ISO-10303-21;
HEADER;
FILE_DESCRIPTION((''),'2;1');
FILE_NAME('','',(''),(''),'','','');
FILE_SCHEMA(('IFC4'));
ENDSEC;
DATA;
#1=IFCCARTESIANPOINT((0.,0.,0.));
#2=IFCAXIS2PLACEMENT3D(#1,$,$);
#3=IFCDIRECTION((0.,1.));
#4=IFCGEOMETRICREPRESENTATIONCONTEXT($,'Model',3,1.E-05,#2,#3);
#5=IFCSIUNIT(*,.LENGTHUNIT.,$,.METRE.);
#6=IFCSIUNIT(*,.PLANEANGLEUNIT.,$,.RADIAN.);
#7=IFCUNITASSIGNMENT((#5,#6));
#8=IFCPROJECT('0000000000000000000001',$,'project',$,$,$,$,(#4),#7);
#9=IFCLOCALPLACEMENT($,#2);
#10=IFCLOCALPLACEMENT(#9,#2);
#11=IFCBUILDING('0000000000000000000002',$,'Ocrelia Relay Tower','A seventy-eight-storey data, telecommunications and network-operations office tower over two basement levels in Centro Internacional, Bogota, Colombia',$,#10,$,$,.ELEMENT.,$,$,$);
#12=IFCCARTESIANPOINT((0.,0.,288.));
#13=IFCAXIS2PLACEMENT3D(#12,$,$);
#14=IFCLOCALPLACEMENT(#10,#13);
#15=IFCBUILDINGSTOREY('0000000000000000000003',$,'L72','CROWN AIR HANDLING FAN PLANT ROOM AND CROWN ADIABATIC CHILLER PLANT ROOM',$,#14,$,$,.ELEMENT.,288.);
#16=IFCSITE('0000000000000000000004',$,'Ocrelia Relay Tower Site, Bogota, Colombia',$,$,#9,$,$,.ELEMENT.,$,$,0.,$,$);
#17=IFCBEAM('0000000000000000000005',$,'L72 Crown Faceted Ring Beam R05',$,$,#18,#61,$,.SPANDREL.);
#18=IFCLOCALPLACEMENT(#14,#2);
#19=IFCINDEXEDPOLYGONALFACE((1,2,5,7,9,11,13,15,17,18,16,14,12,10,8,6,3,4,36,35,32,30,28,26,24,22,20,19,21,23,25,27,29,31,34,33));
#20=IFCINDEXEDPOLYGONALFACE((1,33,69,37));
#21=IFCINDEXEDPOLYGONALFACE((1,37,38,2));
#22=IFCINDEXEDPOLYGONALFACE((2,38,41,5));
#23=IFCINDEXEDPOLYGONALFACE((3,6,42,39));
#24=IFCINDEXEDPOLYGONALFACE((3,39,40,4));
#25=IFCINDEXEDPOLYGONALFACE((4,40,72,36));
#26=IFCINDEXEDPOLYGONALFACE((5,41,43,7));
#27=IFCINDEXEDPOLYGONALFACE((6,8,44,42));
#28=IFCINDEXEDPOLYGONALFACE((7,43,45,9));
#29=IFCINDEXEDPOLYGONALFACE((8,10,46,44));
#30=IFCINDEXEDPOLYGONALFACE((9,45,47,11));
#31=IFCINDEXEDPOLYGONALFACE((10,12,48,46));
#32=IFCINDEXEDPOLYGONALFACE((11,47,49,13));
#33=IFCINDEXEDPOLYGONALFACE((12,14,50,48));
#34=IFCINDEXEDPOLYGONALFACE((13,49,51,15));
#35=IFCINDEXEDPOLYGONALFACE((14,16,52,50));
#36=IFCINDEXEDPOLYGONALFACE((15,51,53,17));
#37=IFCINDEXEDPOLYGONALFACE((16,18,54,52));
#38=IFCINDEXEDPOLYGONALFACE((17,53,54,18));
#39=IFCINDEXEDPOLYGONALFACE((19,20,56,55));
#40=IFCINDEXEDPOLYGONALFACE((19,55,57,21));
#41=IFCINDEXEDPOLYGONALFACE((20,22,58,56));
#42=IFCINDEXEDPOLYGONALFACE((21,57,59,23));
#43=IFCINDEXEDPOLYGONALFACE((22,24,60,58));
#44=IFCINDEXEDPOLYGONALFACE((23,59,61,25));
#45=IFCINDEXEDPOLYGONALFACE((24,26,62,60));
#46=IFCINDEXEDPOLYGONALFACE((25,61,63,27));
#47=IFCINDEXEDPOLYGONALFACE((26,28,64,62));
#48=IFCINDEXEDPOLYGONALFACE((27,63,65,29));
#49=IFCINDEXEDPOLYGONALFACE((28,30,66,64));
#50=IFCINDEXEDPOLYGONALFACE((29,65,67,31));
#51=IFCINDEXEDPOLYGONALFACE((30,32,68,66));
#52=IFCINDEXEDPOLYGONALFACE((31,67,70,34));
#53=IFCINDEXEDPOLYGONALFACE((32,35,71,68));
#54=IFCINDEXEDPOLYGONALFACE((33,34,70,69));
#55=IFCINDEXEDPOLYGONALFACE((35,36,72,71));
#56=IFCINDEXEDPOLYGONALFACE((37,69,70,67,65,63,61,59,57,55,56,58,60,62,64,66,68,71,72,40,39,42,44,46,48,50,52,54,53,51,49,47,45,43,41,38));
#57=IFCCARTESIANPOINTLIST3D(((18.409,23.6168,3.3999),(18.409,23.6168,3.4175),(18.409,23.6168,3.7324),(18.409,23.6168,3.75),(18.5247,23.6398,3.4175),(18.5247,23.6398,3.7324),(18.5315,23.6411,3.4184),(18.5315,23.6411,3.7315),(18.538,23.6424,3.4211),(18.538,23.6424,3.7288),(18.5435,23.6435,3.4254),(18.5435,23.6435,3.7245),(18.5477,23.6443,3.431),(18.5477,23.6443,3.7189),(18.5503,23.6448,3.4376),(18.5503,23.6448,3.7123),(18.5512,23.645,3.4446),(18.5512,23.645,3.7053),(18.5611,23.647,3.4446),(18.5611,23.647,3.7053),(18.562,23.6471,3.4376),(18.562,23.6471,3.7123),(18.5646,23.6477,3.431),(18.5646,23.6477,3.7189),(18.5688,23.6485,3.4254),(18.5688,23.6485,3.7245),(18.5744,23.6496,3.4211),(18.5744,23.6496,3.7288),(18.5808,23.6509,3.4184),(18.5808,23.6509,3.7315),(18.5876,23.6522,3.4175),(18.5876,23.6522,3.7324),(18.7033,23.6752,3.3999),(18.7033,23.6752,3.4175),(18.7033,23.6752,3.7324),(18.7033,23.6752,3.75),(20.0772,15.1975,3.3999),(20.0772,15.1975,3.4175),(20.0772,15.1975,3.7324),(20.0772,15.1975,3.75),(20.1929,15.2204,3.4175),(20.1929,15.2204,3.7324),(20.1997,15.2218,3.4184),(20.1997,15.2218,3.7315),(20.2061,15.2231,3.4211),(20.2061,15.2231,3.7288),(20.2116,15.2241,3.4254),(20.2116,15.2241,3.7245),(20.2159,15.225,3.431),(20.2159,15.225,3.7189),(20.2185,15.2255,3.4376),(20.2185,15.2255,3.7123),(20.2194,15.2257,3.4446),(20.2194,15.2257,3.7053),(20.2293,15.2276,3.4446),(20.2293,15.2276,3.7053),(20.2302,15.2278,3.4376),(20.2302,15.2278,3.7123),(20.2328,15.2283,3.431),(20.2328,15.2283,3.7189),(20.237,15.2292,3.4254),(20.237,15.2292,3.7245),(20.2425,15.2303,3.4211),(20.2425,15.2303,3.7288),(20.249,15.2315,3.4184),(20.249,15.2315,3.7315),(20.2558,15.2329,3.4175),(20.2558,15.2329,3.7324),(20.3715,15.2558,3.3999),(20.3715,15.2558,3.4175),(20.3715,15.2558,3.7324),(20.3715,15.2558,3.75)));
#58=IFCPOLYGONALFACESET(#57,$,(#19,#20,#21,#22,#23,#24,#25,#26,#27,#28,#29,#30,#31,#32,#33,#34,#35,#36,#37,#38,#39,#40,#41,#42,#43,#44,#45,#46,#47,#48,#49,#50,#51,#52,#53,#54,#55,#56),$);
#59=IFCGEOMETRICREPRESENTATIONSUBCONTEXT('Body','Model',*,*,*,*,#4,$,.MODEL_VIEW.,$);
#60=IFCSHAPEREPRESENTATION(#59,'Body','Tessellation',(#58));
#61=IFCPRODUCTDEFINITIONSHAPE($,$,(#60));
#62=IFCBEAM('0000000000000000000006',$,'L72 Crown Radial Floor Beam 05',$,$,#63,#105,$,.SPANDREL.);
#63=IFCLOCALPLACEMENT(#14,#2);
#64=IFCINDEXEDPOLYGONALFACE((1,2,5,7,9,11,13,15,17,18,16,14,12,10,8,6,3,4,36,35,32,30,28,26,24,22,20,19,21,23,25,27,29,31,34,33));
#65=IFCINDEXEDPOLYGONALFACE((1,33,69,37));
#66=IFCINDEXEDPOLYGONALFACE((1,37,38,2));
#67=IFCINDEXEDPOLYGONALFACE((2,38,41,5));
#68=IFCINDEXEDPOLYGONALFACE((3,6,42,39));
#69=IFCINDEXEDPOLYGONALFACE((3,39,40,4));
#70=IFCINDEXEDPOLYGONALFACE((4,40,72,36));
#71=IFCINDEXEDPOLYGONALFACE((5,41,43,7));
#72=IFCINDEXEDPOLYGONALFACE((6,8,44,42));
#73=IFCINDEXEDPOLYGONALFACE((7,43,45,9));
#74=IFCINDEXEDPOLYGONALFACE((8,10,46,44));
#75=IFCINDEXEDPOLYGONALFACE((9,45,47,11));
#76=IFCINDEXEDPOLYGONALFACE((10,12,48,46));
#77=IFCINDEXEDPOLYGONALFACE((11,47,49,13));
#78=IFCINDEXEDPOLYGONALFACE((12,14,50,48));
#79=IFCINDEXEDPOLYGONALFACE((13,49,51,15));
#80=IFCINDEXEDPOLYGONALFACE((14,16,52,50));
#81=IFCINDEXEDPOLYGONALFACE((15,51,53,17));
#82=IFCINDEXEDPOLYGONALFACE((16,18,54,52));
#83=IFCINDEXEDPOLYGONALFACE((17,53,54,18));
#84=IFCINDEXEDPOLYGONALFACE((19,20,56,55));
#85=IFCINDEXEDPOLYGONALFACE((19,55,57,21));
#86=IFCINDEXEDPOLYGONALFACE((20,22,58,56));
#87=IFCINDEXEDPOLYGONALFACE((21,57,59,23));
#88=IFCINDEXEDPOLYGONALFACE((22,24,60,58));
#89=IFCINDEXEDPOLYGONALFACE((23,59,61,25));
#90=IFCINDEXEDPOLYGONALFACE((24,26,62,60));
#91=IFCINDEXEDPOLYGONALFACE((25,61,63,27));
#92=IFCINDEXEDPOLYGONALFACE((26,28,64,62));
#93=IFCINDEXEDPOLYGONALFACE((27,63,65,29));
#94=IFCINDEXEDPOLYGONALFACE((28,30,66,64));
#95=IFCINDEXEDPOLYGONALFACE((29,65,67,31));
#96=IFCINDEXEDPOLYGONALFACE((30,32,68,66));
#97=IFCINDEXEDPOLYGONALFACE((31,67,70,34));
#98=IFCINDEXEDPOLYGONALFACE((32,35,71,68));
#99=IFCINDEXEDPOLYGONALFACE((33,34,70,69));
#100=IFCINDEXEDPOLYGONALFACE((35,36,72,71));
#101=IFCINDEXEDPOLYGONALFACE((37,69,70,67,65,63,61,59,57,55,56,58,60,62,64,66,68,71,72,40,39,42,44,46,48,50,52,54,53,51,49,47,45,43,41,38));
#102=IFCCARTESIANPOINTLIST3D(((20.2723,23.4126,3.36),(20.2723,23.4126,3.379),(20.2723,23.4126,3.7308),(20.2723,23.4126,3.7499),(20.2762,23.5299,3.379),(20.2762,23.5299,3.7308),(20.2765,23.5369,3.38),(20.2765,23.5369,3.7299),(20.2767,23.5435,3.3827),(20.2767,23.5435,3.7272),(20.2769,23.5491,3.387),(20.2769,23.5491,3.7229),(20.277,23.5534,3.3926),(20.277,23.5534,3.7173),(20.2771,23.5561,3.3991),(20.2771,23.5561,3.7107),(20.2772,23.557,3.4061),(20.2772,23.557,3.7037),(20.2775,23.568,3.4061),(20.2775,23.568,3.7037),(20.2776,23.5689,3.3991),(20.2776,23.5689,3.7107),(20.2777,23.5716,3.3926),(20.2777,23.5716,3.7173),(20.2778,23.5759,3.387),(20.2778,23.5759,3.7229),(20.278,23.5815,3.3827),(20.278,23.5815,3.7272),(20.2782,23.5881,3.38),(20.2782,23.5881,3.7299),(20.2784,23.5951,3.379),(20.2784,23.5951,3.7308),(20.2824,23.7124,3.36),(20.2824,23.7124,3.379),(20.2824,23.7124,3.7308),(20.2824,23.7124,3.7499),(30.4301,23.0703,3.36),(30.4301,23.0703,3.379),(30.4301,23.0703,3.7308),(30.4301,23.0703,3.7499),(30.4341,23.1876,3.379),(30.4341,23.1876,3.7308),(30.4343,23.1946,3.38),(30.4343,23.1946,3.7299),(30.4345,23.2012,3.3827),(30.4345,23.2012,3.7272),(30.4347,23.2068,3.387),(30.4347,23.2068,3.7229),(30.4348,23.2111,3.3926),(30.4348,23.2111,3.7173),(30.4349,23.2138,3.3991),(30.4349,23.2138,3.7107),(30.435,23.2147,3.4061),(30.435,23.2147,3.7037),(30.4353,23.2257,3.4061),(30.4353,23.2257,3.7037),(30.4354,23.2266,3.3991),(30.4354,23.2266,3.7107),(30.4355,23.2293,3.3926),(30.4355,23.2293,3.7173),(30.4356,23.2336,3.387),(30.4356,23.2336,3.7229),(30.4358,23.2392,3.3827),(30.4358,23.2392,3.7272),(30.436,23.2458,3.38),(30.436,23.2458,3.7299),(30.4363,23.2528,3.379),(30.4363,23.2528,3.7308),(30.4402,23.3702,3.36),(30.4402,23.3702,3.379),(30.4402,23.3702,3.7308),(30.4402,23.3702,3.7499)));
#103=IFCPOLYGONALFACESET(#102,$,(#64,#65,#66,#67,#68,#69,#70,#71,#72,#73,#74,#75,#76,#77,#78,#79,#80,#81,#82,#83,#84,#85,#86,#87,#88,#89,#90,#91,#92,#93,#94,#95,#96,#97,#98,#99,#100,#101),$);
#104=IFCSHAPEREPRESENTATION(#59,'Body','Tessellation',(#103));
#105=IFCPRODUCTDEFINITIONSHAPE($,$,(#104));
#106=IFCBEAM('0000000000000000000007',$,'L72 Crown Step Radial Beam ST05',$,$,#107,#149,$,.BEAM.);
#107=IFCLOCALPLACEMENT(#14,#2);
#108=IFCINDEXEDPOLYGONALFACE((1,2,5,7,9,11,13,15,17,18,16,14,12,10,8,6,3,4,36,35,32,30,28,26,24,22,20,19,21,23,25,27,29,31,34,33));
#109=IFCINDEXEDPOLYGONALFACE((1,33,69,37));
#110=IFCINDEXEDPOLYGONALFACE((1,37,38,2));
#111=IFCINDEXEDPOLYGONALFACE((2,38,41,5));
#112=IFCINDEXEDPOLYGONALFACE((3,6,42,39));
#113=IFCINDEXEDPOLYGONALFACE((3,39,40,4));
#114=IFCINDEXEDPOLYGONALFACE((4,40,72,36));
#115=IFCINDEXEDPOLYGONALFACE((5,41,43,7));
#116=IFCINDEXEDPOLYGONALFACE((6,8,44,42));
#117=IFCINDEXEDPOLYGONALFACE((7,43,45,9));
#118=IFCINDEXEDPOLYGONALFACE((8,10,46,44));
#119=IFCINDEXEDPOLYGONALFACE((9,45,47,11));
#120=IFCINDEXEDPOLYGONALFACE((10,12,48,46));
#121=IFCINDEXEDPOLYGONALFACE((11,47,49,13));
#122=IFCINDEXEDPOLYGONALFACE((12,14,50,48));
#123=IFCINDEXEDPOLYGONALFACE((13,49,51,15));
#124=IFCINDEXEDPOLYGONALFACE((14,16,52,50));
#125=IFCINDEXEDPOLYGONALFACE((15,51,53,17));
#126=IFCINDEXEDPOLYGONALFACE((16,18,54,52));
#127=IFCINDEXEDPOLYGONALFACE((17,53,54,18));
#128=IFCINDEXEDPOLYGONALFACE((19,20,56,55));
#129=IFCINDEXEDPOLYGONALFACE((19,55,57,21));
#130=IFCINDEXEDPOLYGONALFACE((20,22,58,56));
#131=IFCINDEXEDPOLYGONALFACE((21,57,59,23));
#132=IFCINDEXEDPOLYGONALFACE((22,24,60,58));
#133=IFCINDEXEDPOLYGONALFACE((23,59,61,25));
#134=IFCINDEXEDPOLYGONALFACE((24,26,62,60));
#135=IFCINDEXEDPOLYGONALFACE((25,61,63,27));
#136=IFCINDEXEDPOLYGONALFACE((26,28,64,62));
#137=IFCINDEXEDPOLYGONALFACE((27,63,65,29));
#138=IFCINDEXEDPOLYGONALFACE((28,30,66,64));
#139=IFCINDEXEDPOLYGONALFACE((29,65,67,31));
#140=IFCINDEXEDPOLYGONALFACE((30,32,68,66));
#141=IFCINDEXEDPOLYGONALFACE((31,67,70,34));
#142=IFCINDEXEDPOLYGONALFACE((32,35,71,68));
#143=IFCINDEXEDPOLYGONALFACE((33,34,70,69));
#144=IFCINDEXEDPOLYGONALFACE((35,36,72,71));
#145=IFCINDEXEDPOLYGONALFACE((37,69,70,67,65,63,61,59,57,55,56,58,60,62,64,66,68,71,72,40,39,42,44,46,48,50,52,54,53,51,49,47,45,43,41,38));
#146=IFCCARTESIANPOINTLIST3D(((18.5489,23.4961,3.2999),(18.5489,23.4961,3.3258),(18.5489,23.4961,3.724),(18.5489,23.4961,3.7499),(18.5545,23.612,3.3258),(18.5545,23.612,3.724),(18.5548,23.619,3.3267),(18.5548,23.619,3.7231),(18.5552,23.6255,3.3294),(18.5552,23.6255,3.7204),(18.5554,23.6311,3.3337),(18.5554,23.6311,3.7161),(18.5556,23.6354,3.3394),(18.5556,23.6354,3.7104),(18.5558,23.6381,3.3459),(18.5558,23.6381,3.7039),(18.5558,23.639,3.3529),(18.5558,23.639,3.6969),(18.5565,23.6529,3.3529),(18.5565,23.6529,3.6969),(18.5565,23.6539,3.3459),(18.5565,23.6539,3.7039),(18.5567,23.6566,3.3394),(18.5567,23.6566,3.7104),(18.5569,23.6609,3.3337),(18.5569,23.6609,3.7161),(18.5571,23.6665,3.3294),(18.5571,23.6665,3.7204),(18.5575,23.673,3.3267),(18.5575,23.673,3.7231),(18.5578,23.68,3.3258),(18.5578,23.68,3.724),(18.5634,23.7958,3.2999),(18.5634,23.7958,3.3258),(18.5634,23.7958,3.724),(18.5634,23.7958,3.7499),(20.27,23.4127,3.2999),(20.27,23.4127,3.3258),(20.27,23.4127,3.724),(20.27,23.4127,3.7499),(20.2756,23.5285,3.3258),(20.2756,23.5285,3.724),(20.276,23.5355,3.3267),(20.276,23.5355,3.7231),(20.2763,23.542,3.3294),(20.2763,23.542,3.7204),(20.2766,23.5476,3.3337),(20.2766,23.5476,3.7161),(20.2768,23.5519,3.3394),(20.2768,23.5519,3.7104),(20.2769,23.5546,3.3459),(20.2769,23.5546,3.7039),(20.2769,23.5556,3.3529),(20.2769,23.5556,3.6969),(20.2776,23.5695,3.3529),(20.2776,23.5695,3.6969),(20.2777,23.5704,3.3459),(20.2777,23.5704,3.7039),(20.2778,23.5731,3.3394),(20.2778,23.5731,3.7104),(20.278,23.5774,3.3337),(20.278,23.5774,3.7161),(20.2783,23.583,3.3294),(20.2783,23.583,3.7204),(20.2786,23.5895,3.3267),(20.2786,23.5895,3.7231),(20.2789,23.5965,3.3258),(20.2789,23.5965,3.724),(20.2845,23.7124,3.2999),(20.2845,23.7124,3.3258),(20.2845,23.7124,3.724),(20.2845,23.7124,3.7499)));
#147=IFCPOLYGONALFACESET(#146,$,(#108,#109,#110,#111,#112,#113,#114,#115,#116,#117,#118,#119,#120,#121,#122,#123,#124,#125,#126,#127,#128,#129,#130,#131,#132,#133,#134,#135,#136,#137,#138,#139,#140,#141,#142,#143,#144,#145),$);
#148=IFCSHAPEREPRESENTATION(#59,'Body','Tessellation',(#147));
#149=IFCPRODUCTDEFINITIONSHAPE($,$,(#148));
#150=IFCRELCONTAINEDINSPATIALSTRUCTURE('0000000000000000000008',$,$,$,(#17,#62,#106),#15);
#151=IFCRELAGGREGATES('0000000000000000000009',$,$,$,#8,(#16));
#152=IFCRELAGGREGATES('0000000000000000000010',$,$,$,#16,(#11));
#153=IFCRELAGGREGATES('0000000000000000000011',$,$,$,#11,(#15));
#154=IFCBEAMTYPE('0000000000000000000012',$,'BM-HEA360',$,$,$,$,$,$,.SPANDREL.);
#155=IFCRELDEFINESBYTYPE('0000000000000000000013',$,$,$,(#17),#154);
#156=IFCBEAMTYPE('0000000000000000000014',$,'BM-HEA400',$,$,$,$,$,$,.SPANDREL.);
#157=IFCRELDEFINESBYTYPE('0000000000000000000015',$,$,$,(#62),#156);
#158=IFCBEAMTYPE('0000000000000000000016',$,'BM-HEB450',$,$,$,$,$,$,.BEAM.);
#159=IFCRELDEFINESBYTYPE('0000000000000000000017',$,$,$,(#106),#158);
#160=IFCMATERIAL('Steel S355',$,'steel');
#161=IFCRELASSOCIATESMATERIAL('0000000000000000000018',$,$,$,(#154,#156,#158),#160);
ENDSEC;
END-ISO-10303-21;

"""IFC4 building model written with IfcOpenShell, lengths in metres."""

from ifc_helpers import new_model, si_unit, direction, frame, origin, origin_2d, place, context, subcontext, project, spatial, i_section, extrude, material, material_profile, profile_set, type_object, element, save


model = new_model("IFC4")

# Units and contexts
model_context = context("Model", 3, precision=1e-05, world=origin(), true_north=direction((0.0, 1.0)))
body_context = subcontext(model_context, "Body", "Model", "MODEL_VIEW")
ifc_project = project(units=[si_unit("LENGTHUNIT", "METRE"), si_unit("PLANEANGLEUNIT", "RADIAN")], contexts=[model_context])

# Site, building, storey
site_placement = place(None, origin())
site = spatial("IfcSite", under=ifc_project, at=site_placement, Name="Ocrelia Relay Tower Site, Bogota, Colombia", CompositionType="ELEMENT", RefElevation=0.0)
building_placement = place(site_placement, origin())
building = spatial("IfcBuilding", under=site, at=building_placement, Name="Ocrelia Relay Tower", Description="A seventy-eight-storey data, telecommunications and network-operations office tower over two basement levels in Centro Internacional, Bogota, Colombia", CompositionType="ELEMENT")
storey_placement = place(building_placement, frame((0.0, 0.0, 288.0)))
storey = spatial("IfcBuildingStorey", under=building, at=storey_placement, Name="L72", Description="CROWN AIR HANDLING FAN PLANT ROOM AND CROWN ADIABATIC CHILLER PLANT ROOM", CompositionType="ELEMENT", Elevation=288.0)

# Beams
ifc_material_1 = material(Name="Steel S355", Category="steel")
ifc_material_profile_1 = material_profile(ifc_material_1, i_section(OverallWidth=0.3, OverallDepth=0.3501, WebThickness=0.01, FlangeThickness=0.0176, FilletRadius=0.0271, at=origin_2d()), Name="HEA 360")
ifc_profile_set_1 = profile_set([ifc_material_profile_1], Name="Steel S355")
beam_type_1 = type_object("IfcBeamType", Name="BM-HEA360", PredefinedType="SPANDREL", material=ifc_profile_set_1)
beam_1_placement = place(storey_placement, frame((18.5562, 23.646, 3.575), z_axis=(0.19436, -0.98093, 0.0), x_axis=(0.98093, 0.19436, 0.0)))
element("IfcBeam", 1, at=beam_1_placement, inside=storey, type_object=beam_type_1, Name="L72 Crown Faceted Ring Beam R05", PredefinedType="SPANDREL", context=body_context, shape_type="SweptSolid", body=[
    extrude(i_section(OverallWidth=0.3, OverallDepth=0.3501, WebThickness=0.01, FlangeThickness=0.0176, FilletRadius=0.0271, at=origin_2d()), origin(), (0.0, 0.0, 1.0), 8.583),
])
ifc_material_profile_2 = material_profile(ifc_material_1, i_section(OverallWidth=0.3, OverallDepth=0.3899, WebThickness=0.011, FlangeThickness=0.019, FilletRadius=0.0271, at=origin_2d()), Name="HEA 400")
ifc_profile_set_2 = profile_set([ifc_material_profile_2], Name="Steel S355")
beam_type_2 = type_object("IfcBeamType", Name="BM-HEA400", PredefinedType="SPANDREL", material=ifc_profile_set_2)
beam_2_placement = place(storey_placement, frame((20.2773, 23.5625, 3.5549), z_axis=(0.999433, -0.033678, 0.0), x_axis=(0.033678, 0.999433, 0.0)))
element("IfcBeam", 2, at=beam_2_placement, inside=storey, type_object=beam_type_2, Name="L72 Crown Radial Floor Beam 05", PredefinedType="SPANDREL", context=body_context, shape_type="SweptSolid", body=[
    extrude(i_section(OverallWidth=0.3, OverallDepth=0.3899, WebThickness=0.011, FlangeThickness=0.019, FilletRadius=0.0271, at=origin_2d()), origin(), (0.0, 0.0, 1.0), 10.1636),
])
ifc_material_profile_3 = material_profile(ifc_material_1, i_section(OverallWidth=0.3, OverallDepth=0.45, WebThickness=0.0139, FlangeThickness=0.0259, FilletRadius=0.0271, at=origin_2d()), Name="HEB 450")
ifc_profile_set_3 = profile_set([ifc_material_profile_3], Name="Steel S355")
beam_type_3 = type_object("IfcBeamType", Name="BM-HEB450", PredefinedType="BEAM", material=ifc_profile_set_3)
beam_3_placement = place(storey_placement, frame((18.5562, 23.646, 3.5249), z_axis=(0.998825, -0.048454, 0.0), x_axis=(0.048454, 0.998825, 0.0)))
element("IfcBeam", 3, at=beam_3_placement, inside=storey, type_object=beam_type_3, Name="L72 Crown Step Radial Beam ST05", PredefinedType="BEAM", context=body_context, shape_type="SweptSolid", body=[
    extrude(i_section(OverallWidth=0.3, OverallDepth=0.45, WebThickness=0.0139, FlangeThickness=0.0259, FilletRadius=0.0271, at=origin_2d()), origin(), (0.0, 0.0, 1.0), 1.7231),
])

save(model, "model.ifc")
